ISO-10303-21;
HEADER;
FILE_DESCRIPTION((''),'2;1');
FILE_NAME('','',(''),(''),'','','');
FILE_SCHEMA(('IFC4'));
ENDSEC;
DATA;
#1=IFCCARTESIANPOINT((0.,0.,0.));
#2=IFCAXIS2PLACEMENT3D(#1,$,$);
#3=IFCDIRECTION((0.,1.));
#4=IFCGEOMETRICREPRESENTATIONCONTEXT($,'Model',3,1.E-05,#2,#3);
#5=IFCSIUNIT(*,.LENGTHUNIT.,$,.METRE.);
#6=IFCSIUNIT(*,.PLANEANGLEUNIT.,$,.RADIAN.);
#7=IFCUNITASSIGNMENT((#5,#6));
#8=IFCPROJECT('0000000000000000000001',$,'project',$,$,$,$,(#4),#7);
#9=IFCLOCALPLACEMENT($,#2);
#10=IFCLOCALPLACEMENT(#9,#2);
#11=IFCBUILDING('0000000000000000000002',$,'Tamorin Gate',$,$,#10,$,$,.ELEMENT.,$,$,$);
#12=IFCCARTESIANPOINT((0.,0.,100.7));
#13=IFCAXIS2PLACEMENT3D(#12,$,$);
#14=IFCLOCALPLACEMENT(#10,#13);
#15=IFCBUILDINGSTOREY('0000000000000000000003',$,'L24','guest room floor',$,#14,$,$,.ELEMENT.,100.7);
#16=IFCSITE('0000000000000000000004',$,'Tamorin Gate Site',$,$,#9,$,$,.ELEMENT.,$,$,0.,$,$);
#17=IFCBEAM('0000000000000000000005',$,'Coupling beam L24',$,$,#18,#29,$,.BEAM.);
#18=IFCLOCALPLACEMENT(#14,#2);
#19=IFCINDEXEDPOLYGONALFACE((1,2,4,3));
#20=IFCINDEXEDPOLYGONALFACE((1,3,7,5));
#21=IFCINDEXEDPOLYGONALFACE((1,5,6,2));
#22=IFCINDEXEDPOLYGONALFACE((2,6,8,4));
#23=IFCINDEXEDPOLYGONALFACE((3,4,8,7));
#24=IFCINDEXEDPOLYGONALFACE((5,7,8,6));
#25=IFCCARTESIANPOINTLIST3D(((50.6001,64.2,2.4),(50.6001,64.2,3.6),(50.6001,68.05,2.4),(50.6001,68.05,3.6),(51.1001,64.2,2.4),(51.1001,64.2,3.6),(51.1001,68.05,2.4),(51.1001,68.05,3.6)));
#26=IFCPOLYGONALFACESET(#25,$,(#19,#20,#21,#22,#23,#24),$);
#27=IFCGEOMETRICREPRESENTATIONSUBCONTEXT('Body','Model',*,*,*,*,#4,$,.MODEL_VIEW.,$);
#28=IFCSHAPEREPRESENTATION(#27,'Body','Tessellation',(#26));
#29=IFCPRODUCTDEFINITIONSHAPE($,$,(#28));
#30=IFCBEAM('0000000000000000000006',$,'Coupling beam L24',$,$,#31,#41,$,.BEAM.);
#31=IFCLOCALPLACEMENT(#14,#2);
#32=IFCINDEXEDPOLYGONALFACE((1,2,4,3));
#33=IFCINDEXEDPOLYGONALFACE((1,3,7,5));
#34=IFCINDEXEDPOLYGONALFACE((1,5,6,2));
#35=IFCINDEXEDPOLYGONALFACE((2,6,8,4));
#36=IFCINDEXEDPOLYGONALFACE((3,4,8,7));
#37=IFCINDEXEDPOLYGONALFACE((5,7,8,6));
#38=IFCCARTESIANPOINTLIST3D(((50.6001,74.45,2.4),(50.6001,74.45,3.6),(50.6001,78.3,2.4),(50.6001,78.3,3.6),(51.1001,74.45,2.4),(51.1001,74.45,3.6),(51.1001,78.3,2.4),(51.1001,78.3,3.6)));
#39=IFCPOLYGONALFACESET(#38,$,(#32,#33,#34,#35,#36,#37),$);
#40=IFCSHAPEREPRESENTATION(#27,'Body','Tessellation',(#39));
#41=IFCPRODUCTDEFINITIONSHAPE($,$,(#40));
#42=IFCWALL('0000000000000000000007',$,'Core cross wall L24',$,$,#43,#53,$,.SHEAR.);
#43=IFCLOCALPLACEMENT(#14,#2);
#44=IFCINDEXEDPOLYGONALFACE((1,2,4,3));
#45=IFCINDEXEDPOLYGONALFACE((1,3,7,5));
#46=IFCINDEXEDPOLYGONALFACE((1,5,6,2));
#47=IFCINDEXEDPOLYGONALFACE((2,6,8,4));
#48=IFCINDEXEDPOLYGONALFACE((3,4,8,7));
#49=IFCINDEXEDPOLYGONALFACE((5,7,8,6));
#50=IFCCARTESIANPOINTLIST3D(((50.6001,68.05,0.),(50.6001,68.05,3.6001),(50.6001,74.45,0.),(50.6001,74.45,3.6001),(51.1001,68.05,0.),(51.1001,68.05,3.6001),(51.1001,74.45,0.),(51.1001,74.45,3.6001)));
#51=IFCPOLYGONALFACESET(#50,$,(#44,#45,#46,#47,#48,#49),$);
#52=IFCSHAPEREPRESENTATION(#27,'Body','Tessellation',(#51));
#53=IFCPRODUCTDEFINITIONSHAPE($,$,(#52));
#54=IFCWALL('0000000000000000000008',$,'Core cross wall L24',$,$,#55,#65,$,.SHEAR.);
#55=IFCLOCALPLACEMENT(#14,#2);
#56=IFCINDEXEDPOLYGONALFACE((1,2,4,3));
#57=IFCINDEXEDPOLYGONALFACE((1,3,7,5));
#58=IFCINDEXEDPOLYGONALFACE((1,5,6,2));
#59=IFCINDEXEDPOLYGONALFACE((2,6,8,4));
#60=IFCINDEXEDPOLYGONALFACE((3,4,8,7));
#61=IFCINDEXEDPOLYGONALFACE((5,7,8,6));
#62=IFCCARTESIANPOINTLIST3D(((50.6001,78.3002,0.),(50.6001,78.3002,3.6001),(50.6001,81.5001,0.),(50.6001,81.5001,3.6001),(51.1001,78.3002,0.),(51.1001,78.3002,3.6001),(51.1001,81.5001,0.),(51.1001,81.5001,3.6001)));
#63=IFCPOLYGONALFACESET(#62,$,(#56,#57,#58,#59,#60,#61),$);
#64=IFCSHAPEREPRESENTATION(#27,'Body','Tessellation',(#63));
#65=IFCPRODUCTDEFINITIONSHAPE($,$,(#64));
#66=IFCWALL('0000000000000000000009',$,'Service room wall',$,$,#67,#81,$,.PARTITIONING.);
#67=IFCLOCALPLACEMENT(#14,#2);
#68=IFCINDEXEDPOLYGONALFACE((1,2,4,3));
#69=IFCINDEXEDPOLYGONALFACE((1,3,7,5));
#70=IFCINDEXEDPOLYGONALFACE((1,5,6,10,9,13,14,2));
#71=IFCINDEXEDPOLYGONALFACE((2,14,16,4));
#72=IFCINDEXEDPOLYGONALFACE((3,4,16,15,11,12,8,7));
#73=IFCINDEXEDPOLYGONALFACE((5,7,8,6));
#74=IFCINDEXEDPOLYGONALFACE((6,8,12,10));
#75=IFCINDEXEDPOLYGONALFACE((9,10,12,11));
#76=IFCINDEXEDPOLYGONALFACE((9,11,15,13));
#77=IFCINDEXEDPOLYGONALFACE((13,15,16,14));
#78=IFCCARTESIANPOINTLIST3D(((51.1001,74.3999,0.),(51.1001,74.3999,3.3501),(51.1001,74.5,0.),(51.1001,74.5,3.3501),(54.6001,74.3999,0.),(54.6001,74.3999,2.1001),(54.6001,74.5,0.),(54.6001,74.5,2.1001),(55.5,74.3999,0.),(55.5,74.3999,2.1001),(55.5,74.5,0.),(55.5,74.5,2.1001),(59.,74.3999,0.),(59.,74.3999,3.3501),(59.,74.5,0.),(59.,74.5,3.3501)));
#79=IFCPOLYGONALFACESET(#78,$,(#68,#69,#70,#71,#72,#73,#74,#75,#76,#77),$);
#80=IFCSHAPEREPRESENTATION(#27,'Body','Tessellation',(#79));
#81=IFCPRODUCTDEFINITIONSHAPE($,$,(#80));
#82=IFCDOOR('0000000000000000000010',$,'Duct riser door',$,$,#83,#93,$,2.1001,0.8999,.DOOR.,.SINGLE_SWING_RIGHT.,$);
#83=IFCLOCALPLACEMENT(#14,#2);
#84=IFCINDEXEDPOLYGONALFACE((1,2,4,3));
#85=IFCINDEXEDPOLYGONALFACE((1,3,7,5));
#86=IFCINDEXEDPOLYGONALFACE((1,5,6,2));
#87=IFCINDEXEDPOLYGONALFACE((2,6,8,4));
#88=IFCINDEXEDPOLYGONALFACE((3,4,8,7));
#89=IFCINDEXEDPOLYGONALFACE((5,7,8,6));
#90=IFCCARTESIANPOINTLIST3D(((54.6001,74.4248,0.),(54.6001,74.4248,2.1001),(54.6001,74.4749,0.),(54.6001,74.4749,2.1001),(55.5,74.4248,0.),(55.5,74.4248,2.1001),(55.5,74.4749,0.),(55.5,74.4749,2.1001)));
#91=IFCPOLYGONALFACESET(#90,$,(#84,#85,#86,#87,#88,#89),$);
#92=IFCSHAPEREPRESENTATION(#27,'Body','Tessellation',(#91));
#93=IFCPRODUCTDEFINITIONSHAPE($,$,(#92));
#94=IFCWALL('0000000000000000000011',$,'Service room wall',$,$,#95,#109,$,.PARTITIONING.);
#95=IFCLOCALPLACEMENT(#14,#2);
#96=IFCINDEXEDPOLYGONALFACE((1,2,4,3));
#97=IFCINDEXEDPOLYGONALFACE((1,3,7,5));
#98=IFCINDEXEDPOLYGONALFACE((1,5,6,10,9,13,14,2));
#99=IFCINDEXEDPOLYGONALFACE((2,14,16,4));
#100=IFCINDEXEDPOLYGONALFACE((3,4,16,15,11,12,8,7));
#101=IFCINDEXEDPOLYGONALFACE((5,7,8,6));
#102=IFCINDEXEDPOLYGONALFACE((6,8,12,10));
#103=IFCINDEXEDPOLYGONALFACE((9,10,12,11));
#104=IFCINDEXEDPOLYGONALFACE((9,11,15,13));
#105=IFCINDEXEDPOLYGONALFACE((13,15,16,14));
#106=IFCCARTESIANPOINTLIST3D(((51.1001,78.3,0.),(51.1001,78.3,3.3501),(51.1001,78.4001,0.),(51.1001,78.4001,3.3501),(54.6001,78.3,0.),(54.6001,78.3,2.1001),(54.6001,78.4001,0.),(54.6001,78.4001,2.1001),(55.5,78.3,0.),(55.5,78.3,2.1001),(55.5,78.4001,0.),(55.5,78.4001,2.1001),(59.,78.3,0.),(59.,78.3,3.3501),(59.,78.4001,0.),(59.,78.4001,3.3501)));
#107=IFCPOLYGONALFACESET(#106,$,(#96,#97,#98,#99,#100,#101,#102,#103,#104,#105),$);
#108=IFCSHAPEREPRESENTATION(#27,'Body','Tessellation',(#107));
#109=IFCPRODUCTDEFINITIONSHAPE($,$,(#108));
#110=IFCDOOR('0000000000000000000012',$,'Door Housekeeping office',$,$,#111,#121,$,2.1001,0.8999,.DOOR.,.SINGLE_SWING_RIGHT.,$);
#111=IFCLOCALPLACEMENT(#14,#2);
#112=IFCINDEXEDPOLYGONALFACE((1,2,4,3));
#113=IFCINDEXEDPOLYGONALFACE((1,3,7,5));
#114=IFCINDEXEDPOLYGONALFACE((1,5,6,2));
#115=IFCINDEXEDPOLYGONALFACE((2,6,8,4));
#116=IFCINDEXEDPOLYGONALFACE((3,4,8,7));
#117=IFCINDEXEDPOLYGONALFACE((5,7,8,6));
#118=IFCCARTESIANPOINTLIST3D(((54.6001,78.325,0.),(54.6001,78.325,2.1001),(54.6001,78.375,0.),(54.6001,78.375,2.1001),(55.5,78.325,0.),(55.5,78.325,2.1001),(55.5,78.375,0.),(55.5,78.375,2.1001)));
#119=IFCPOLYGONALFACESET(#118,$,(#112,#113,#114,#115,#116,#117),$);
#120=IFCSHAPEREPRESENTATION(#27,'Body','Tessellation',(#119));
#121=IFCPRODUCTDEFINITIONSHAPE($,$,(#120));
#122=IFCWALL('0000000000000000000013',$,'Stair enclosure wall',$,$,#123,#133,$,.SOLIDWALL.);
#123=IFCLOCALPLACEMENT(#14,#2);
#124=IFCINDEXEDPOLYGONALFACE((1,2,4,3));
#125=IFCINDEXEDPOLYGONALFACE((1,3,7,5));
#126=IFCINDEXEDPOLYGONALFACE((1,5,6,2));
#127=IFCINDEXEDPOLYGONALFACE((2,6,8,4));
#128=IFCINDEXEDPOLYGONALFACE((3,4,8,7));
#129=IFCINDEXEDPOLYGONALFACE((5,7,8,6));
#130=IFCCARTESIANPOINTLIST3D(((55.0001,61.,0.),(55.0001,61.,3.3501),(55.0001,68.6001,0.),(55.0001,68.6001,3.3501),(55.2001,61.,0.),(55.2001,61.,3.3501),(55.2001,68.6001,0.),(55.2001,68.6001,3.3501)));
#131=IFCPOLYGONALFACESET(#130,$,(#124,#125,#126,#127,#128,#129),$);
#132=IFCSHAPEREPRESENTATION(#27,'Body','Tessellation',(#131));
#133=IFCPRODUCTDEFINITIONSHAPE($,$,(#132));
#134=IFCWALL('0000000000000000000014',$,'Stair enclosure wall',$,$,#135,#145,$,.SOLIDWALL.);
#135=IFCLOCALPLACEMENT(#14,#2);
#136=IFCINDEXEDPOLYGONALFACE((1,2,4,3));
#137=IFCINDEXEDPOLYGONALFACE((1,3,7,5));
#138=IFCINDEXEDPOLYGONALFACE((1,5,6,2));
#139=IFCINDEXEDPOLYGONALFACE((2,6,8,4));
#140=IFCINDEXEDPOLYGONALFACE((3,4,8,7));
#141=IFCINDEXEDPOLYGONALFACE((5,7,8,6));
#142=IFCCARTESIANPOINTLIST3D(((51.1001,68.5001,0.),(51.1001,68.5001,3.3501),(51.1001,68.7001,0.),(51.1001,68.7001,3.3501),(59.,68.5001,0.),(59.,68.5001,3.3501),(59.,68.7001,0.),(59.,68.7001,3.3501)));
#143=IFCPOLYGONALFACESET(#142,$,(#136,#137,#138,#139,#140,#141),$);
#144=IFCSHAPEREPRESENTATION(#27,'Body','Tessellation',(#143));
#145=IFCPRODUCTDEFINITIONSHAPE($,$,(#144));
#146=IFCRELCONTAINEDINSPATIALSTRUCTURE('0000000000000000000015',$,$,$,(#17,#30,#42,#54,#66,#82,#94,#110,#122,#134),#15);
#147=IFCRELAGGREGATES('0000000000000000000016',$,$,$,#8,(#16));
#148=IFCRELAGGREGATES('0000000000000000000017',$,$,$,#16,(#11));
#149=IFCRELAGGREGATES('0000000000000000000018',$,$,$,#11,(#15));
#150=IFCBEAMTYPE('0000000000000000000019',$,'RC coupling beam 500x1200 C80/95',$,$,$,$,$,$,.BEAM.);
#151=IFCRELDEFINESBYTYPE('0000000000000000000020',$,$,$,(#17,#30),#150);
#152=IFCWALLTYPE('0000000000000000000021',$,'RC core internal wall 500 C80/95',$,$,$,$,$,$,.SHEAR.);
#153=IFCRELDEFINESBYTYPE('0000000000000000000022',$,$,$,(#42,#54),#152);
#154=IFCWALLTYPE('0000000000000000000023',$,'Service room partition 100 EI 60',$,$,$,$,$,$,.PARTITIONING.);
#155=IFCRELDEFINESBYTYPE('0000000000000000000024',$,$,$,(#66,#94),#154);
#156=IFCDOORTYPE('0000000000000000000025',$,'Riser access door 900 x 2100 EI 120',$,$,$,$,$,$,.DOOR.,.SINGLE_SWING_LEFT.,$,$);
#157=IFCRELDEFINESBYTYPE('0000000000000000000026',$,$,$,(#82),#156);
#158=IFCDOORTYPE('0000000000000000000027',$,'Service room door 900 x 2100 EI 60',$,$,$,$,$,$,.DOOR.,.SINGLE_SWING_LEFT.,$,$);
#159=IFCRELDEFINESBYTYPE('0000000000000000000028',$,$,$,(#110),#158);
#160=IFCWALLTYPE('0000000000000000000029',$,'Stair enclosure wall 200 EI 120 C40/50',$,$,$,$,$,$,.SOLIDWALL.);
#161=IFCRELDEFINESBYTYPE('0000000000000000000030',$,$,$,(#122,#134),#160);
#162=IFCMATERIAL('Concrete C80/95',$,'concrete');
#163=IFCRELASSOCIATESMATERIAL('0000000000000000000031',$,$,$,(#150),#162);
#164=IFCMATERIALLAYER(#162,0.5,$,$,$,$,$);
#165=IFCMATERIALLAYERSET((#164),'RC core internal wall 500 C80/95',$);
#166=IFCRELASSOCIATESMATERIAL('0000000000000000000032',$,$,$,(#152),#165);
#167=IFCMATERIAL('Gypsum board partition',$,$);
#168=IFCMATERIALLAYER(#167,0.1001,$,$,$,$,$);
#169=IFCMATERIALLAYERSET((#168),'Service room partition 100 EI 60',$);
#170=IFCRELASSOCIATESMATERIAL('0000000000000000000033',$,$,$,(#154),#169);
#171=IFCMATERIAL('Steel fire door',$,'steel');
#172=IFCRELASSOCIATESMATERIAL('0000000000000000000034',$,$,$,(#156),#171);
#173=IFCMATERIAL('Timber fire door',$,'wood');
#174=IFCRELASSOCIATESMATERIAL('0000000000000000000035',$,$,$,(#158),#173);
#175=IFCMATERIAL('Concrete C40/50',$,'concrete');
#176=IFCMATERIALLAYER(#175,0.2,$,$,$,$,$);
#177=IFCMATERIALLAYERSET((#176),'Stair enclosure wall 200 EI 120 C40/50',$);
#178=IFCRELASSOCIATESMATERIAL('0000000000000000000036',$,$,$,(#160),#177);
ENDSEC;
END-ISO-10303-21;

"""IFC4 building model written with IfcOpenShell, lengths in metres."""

from ifc_helpers import new_model, si_unit, direction, frame, frame_2d, origin, origin_2d, place, context, subcontext, project, spatial, rectangle, extrude, material, layer, layer_set, material_profile, profile_set, type_object, element, fill, save


model = new_model("IFC4")

# Units and contexts
model_context = context("Model", 3, precision=1e-05, world=origin(), true_north=direction((0.0, 1.0)))
body_context = subcontext(model_context, "Body", "Model", "MODEL_VIEW")
ifc_project = project(units=[si_unit("LENGTHUNIT", "METRE"), si_unit("PLANEANGLEUNIT", "RADIAN")], contexts=[model_context])

# Site, building, storey
site_placement = place(None, origin())
site = spatial("IfcSite", under=ifc_project, at=site_placement, Name="Tamorin Gate Site", CompositionType="ELEMENT", RefElevation=0.0)
building_placement = place(site_placement, origin())
building = spatial("IfcBuilding", under=site, at=building_placement, Name="Tamorin Gate", CompositionType="ELEMENT")
storey_placement = place(building_placement, frame((0.0, 0.0, 100.7)))
storey = spatial("IfcBuildingStorey", under=building, at=storey_placement, Name="L24", Description="guest room floor", CompositionType="ELEMENT", Elevation=100.7)

# Beams
ifc_material_1 = material(Name="Concrete C80/95", Category="concrete")
ifc_material_profile = material_profile(ifc_material_1, rectangle(XDim=0.5, YDim=1.2, at=origin_2d()), Name="RC 500x1200")
ifc_profile_set = profile_set([ifc_material_profile], Name="Concrete C80/95")
beam_type = type_object("IfcBeamType", Name="RC coupling beam 500x1200 C80/95", PredefinedType="BEAM", material=ifc_profile_set)
for number, where, z_axis, x_axis, name in (
    (1, (50.8501, 64.2, 3.0), (0.0, 1.0, 0.0), (-1.0, 0.0, 0.0), "Coupling beam L24"),
    (2, (50.8501, 74.45, 3.0), (0.0, 1.0, 0.0), (-1.0, 0.0, 0.0), "Coupling beam L24"),
):
    element("IfcBeam", number, at=place(storey_placement, frame(where, z_axis=z_axis, x_axis=x_axis)), inside=storey, type_object=beam_type, Name=name, PredefinedType="BEAM", context=body_context, shape_type="SweptSolid", body=[
        extrude(rectangle(XDim=0.5, YDim=1.2, at=origin_2d()), origin(), (0.0, 0.0, 1.0), 3.8501),
    ])

# Walls
ifc_layer_1 = layer(ifc_material_1, 0.5)
ifc_layer_set_1 = layer_set([ifc_layer_1], Name="RC core internal wall 500 C80/95")
wall_type_1 = type_object("IfcWallType", Name="RC core internal wall 500 C80/95", PredefinedType="SHEAR", material=ifc_layer_set_1)
wall_1_placement = place(storey_placement, frame((50.8501, 68.05, 0.0), z_axis=(0.0, 0.0, 1.0), x_axis=(0.0, 1.0, 0.0)))
element("IfcWall", 3, at=wall_1_placement, inside=storey, type_object=wall_type_1, Name="Core cross wall L24", PredefinedType="SHEAR", context=body_context, shape_type="SweptSolid", body=[
    extrude(rectangle(XDim=6.3999, YDim=0.5, at=frame_2d((3.2, 0.0))), origin(), (0.0, 0.0, 1.0), 3.6001),
])
wall_2_placement = place(storey_placement, frame((50.8501, 78.3, 0.0), z_axis=(0.0, 0.0, 1.0), x_axis=(0.0, 1.0, 0.0)))
element("IfcWall", 4, at=wall_2_placement, inside=storey, type_object=wall_type_1, Name="Core cross wall L24", PredefinedType="SHEAR", context=body_context, shape_type="SweptSolid", body=[
    extrude(rectangle(XDim=3.2, YDim=0.5, at=frame_2d((1.6001, 0.0))), origin(), (0.0, 0.0, 1.0), 3.6001),
])

# Walls, openings, doors
ifc_material_2 = material(Name="Gypsum board partition")
ifc_layer_2 = layer(ifc_material_2, 0.1001)
ifc_layer_set_2 = layer_set([ifc_layer_2], Name="Service room partition 100 EI 60")
wall_type_2 = type_object("IfcWallType", Name="Service room partition 100 EI 60", PredefinedType="PARTITIONING", material=ifc_layer_set_2)
wall_3_placement = place(storey_placement, frame((51.1001, 74.45, 0.0), z_axis=(0.0, 0.0, 1.0), x_axis=(1.0, 0.0, 0.0)))
wall_3 = element("IfcWall", 5, at=wall_3_placement, inside=storey, type_object=wall_type_2, Name="Service room wall", PredefinedType="PARTITIONING", context=body_context, shape_type="SweptSolid", body=[
    extrude(rectangle(XDim=7.8999, YDim=0.1001, at=frame_2d((3.95, 0.0))), origin(), (0.0, 0.0, 1.0), 3.3501),
])
opening_1_placement = place(wall_3_placement, frame((3.5, 0.0, 0.0)))
opening_1 = element("IfcOpeningElement", 6, at=opening_1_placement, cuts=wall_3, PredefinedType="OPENING", context=body_context, shape_type="SweptSolid", body=[
    extrude(rectangle(XDim=0.8999, YDim=2.1001, at=frame_2d((0.45, 1.05))), frame((0.0, 0.0601, 0.0), z_axis=(0.0, -1.0, 0.0), x_axis=(1.0, 0.0, 0.0)), (0.0, 0.0, 1.0), 0.1201),
])
ifc_material_3 = material(Name="Steel fire door", Category="steel")
door_type_1 = type_object("IfcDoorType", Name="Riser access door 900 x 2100 EI 120", OperationType="SINGLE_SWING_LEFT", PredefinedType="DOOR", material=ifc_material_3)
door_1_placement = place(opening_1_placement, origin())
door_1 = element("IfcDoor", 7, at=door_1_placement, inside=storey, type_object=door_type_1, Name="Duct riser door", OperationType="SINGLE_SWING_RIGHT", OverallHeight=2.1001, OverallWidth=0.8999, PredefinedType="DOOR", context=body_context, shape_type="SweptSolid", body=[
    extrude(rectangle(XDim=0.8999, YDim=2.1001, at=frame_2d((0.45, 1.05))), frame((0.0, 0.0249, 0.0), z_axis=(0.0, -1.0, 0.0), x_axis=(1.0, 0.0, 0.0)), (0.0, 0.0, 1.0), 0.05),
])
fill(opening_1, door_1)
wall_4_placement = place(storey_placement, frame((51.1001, 78.3501, 0.0), z_axis=(0.0, 0.0, 1.0), x_axis=(1.0, 0.0, 0.0)))
wall_4 = element("IfcWall", 8, at=wall_4_placement, inside=storey, type_object=wall_type_2, Name="Service room wall", PredefinedType="PARTITIONING", context=body_context, shape_type="SweptSolid", body=[
    extrude(rectangle(XDim=7.8999, YDim=0.1001, at=frame_2d((3.95, 0.0))), origin(), (0.0, 0.0, 1.0), 3.3501),
])
opening_2_placement = place(wall_4_placement, frame((3.5, 0.0, 0.0)))
opening_2 = element("IfcOpeningElement", 9, at=opening_2_placement, cuts=wall_4, PredefinedType="OPENING", context=body_context, shape_type="SweptSolid", body=[
    extrude(rectangle(XDim=0.8999, YDim=2.1001, at=frame_2d((0.45, 1.05))), frame((0.0, 0.0601, 0.0), z_axis=(0.0, -1.0, 0.0), x_axis=(1.0, 0.0, 0.0)), (0.0, 0.0, 1.0), 0.1201),
])
ifc_material_4 = material(Name="Timber fire door", Category="wood")
door_type_2 = type_object("IfcDoorType", Name="Service room door 900 x 2100 EI 60", OperationType="SINGLE_SWING_LEFT", PredefinedType="DOOR", material=ifc_material_4)
door_2_placement = place(opening_2_placement, origin())
door_2 = element("IfcDoor", 10, at=door_2_placement, inside=storey, type_object=door_type_2, Name="Door Housekeeping office", OperationType="SINGLE_SWING_RIGHT", OverallHeight=2.1001, OverallWidth=0.8999, PredefinedType="DOOR", context=body_context, shape_type="SweptSolid", body=[
    extrude(rectangle(XDim=0.8999, YDim=2.1001, at=frame_2d((0.45, 1.05))), frame((0.0, 0.0249, 0.0), z_axis=(0.0, -1.0, 0.0), x_axis=(1.0, 0.0, 0.0)), (0.0, 0.0, 1.0), 0.05),
])
fill(opening_2, door_2)

# Walls
ifc_material_5 = material(Name="Concrete C40/50", Category="concrete")
ifc_layer_3 = layer(ifc_material_5, 0.2)
ifc_layer_set_3 = layer_set([ifc_layer_3], Name="Stair enclosure wall 200 EI 120 C40/50")
wall_type_3 = type_object("IfcWallType", Name="Stair enclosure wall 200 EI 120 C40/50", PredefinedType="SOLIDWALL", material=ifc_layer_set_3)
wall_5_placement = place(storey_placement, frame((55.1001, 61.0, 0.0), z_axis=(0.0, 0.0, 1.0), x_axis=(0.0, 1.0, 0.0)))
element("IfcWall", 11, at=wall_5_placement, inside=storey, type_object=wall_type_3, Name="Stair enclosure wall", PredefinedType="SOLIDWALL", context=body_context, shape_type="SweptSolid", body=[
    extrude(rectangle(XDim=7.6001, YDim=0.2, at=frame_2d((3.8, 0.0))), origin(), (0.0, 0.0, 1.0), 3.3501),
])
wall_6_placement = place(storey_placement, frame((51.1001, 68.6001, 0.0), z_axis=(0.0, 0.0, 1.0), x_axis=(1.0, 0.0, 0.0)))
element("IfcWall", 12, at=wall_6_placement, inside=storey, type_object=wall_type_3, Name="Stair enclosure wall", PredefinedType="SOLIDWALL", context=body_context, shape_type="SweptSolid", body=[
    extrude(rectangle(XDim=7.8999, YDim=0.2, at=frame_2d((3.95, 0.0))), origin(), (0.0, 0.0, 1.0), 3.3501),
])

save(model, "model.ifc")
